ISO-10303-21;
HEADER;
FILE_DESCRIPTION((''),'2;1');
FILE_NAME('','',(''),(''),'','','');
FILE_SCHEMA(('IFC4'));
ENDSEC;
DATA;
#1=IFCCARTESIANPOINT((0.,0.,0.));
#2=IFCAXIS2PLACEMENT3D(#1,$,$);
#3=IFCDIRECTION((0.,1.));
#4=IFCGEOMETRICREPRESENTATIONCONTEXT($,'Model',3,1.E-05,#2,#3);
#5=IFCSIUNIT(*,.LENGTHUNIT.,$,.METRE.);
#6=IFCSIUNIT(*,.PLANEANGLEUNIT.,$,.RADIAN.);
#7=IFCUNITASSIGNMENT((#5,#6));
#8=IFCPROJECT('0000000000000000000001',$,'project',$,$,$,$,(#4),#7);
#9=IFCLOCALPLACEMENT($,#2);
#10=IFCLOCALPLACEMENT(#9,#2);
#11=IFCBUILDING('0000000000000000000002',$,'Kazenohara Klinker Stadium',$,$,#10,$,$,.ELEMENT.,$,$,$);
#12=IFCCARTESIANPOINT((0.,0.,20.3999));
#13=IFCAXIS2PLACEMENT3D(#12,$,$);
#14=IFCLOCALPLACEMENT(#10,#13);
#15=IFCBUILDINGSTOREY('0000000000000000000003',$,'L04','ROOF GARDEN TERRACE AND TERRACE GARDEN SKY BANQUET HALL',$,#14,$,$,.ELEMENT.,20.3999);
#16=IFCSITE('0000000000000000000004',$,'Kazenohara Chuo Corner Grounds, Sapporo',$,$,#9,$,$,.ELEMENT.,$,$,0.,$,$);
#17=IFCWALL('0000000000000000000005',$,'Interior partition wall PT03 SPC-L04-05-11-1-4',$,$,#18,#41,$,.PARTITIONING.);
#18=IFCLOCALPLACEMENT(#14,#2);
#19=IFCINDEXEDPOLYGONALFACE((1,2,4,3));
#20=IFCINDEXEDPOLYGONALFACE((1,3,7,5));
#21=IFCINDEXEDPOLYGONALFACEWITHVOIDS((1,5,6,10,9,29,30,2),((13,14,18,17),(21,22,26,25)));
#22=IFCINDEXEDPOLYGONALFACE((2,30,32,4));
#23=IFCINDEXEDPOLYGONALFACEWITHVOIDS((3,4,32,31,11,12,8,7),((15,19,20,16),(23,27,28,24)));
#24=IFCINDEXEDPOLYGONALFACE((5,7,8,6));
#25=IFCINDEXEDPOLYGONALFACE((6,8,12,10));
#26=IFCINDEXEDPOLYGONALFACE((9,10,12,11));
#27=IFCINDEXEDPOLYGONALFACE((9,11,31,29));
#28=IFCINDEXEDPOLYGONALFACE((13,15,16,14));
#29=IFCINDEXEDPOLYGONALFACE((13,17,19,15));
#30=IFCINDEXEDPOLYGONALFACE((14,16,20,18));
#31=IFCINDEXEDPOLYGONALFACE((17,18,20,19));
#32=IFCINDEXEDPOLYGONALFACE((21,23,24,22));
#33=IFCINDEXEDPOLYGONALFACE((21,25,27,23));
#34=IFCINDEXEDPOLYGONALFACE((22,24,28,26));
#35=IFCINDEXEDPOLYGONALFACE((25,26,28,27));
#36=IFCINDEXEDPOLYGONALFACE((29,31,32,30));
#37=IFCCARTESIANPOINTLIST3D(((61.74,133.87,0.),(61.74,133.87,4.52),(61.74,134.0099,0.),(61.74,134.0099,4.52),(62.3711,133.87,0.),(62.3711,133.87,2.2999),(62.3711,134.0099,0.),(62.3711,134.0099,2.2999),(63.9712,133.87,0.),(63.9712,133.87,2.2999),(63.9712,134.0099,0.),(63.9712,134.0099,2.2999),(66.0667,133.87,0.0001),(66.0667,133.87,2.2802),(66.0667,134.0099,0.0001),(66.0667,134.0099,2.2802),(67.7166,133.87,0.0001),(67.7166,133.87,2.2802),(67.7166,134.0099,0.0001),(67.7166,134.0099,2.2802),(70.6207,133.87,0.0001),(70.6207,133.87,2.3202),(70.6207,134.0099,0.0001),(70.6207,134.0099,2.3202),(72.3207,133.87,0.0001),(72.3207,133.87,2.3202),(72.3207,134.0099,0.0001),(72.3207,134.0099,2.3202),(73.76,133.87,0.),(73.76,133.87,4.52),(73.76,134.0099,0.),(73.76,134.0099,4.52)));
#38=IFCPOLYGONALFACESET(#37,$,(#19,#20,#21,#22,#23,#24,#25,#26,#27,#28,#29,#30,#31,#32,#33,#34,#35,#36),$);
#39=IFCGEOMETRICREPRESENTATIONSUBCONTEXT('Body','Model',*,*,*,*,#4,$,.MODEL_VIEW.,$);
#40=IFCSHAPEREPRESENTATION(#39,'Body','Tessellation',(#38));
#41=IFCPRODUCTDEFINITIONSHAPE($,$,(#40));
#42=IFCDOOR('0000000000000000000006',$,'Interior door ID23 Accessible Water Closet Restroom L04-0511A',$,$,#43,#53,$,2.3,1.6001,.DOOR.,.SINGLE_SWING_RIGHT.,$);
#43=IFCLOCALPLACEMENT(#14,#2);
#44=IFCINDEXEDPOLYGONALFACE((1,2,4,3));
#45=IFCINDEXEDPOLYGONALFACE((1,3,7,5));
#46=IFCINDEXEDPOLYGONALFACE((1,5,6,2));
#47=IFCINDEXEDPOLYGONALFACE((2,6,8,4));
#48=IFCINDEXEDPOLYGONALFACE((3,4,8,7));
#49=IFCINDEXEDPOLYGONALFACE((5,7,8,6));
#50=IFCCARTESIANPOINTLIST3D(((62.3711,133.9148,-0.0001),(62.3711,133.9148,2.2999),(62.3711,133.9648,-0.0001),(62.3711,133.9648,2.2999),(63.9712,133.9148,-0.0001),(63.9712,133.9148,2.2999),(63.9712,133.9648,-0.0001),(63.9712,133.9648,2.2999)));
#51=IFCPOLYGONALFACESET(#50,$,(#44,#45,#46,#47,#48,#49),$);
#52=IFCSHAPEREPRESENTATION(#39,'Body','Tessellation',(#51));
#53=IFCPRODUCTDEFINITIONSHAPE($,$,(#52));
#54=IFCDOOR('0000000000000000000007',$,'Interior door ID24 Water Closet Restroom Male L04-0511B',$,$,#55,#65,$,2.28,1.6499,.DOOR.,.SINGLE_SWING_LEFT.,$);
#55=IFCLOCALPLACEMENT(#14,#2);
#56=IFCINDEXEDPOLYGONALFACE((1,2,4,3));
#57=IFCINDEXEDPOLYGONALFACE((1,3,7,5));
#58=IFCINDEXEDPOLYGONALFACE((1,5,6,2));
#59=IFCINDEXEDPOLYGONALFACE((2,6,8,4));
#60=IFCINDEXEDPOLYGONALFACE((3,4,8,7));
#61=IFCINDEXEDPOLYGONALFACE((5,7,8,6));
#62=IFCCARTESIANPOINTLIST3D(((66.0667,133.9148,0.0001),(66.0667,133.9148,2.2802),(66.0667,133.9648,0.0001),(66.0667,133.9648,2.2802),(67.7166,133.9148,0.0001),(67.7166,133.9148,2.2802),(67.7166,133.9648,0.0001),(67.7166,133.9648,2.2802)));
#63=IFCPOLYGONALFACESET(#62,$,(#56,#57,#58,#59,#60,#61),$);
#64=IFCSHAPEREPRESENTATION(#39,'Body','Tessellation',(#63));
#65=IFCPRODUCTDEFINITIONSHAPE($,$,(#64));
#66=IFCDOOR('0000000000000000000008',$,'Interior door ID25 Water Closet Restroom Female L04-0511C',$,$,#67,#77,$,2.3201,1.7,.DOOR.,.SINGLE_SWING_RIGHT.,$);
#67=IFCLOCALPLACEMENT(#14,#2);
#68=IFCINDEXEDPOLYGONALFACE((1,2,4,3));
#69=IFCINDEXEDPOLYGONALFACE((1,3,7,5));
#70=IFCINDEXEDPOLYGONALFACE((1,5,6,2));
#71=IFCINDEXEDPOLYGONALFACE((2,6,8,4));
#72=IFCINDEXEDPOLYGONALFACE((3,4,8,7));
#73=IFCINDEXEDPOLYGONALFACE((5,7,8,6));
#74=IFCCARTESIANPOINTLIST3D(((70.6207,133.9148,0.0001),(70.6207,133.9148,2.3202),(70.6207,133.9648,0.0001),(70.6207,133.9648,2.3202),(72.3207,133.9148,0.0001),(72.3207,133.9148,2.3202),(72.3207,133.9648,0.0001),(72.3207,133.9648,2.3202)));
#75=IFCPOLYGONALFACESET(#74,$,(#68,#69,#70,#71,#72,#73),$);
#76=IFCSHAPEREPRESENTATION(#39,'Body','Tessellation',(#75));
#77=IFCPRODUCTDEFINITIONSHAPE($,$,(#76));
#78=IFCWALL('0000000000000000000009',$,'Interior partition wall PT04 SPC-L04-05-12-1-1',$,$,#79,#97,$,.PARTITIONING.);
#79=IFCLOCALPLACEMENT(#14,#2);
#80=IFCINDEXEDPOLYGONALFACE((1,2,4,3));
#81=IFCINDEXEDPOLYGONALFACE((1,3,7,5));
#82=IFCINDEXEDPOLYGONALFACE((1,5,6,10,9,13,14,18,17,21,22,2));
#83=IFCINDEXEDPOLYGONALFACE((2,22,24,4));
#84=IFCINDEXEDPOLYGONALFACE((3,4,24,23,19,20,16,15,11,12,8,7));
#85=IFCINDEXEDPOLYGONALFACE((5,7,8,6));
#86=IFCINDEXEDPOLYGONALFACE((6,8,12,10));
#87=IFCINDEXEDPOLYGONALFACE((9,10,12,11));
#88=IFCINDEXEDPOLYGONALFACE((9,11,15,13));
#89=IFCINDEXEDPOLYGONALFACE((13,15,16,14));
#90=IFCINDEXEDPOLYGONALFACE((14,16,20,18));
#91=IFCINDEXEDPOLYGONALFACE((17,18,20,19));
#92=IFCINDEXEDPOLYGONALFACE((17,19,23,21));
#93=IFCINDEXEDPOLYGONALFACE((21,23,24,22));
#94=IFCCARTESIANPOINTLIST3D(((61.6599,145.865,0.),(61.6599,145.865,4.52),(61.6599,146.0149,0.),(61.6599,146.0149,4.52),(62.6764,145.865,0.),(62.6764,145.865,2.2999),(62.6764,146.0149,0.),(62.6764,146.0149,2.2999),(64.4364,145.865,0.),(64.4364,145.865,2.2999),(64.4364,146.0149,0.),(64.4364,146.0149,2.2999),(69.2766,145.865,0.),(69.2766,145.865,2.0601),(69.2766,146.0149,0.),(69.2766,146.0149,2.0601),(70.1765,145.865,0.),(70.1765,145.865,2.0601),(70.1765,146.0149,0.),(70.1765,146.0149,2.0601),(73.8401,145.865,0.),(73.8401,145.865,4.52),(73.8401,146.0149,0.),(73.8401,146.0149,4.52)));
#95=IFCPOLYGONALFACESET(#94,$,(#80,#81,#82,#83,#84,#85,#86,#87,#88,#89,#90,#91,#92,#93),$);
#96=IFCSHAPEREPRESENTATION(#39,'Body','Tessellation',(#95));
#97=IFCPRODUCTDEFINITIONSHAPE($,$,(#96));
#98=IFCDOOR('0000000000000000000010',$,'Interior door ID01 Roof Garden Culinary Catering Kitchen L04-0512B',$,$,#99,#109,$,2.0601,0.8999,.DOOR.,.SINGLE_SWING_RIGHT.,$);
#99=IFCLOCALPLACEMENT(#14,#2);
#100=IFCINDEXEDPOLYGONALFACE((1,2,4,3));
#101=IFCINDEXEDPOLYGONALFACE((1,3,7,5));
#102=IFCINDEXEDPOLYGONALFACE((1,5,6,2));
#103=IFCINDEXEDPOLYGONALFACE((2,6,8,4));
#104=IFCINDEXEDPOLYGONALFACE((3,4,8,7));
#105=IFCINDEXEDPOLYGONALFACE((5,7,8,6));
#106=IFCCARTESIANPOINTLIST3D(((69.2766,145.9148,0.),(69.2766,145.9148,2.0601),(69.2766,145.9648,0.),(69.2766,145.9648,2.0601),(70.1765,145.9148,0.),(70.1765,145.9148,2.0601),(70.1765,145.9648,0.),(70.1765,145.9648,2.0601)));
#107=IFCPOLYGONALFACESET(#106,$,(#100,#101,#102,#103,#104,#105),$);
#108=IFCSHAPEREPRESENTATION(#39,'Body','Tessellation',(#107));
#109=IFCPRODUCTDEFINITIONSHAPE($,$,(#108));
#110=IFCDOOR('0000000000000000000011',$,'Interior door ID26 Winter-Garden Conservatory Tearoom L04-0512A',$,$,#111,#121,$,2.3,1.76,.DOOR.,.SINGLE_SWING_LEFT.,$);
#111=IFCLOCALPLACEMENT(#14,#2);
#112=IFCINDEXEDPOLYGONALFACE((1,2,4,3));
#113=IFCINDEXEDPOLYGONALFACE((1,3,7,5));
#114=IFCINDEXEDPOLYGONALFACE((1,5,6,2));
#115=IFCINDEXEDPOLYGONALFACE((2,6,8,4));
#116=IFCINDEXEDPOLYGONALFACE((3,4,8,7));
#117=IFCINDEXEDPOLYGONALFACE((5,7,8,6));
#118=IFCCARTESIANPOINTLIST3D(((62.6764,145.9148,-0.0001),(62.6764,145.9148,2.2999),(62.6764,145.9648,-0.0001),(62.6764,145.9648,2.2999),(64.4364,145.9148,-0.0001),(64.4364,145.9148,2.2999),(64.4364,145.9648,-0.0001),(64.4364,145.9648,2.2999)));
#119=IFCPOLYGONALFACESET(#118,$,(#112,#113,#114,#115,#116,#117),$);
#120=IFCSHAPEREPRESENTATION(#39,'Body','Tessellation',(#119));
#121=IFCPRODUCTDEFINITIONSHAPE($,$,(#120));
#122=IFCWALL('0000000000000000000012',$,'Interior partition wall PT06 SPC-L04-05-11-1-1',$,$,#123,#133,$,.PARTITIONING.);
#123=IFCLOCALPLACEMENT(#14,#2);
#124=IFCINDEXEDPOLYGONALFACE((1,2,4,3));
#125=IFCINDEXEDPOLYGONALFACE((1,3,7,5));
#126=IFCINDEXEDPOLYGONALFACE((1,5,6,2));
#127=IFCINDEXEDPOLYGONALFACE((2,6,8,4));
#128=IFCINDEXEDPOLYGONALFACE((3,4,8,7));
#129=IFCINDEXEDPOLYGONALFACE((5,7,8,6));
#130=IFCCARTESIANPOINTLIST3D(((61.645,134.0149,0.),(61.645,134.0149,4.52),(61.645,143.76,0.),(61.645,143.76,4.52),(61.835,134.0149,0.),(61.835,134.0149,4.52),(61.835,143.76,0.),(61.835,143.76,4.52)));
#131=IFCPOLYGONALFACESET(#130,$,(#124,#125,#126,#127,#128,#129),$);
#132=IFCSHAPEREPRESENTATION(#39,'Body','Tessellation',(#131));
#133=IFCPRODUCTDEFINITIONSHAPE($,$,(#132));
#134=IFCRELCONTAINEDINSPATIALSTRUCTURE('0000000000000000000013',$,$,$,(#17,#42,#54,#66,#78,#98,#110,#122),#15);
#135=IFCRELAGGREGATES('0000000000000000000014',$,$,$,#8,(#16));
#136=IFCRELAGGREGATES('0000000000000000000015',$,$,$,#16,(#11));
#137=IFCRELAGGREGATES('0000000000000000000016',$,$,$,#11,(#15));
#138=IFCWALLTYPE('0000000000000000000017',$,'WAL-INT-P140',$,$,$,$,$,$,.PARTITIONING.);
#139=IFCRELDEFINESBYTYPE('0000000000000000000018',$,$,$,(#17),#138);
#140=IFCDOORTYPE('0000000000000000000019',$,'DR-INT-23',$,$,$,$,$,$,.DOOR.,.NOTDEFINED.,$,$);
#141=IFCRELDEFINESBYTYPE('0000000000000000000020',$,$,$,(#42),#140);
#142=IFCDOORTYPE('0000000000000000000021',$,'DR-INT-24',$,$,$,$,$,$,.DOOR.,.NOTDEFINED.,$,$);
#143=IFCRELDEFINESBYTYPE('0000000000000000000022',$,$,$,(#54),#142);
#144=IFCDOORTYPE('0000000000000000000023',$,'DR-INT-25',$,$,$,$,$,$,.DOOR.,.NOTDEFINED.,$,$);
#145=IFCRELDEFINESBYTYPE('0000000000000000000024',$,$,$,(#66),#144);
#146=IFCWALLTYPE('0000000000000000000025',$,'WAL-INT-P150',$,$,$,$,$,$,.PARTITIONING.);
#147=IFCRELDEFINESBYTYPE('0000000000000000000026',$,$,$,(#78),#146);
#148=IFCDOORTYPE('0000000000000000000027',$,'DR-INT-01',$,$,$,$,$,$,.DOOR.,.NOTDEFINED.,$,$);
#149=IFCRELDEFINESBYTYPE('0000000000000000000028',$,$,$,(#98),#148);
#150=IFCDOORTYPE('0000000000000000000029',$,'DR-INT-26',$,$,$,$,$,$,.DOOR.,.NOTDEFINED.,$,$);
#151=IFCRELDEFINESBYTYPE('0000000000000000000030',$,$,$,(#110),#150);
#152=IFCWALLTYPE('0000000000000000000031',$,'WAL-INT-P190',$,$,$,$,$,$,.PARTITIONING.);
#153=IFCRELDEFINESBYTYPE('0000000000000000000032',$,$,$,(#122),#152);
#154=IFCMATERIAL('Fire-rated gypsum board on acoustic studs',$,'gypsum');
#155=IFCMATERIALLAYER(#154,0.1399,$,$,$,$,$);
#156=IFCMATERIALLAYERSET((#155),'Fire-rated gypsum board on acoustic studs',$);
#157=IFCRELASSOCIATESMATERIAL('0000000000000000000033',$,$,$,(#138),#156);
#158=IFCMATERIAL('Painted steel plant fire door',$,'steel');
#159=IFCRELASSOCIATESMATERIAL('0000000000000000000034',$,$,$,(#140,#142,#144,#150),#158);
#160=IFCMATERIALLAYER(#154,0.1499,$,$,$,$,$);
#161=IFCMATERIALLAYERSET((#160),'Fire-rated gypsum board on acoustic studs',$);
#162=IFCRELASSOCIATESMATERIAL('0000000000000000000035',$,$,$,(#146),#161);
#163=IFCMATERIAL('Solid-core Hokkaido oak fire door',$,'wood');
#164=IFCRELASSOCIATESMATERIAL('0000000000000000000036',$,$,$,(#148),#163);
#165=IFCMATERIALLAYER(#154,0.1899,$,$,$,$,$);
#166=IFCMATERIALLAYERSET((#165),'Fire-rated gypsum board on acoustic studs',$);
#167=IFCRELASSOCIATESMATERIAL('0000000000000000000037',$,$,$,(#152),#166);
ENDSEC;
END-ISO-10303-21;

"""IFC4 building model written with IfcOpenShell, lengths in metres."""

from ifc_helpers import new_model, si_unit, direction, frame, frame_2d, origin, place, context, subcontext, project, spatial, rectangle, extrude, material, layer, layer_set, type_object, element, fill, save


model = new_model("IFC4")

# Units and contexts
model_context = context("Model", 3, precision=1e-05, world=origin(), true_north=direction((0.0, 1.0)))
body_context = subcontext(model_context, "Body", "Model", "MODEL_VIEW")
ifc_project = project(units=[si_unit("LENGTHUNIT", "METRE"), si_unit("PLANEANGLEUNIT", "RADIAN")], contexts=[model_context])

# Site, building, storey
site_placement = place(None, origin())
site = spatial("IfcSite", under=ifc_project, at=site_placement, Name="Kazenohara Chuo Corner Grounds, Sapporo", CompositionType="ELEMENT", RefElevation=0.0)
building_placement = place(site_placement, origin())
building = spatial("IfcBuilding", under=site, at=building_placement, Name="Kazenohara Klinker Stadium", CompositionType="ELEMENT")
storey_placement = place(building_placement, frame((0.0, 0.0, 20.3999)))
storey = spatial("IfcBuildingStorey", under=building, at=storey_placement, Name="L04", Description="ROOF GARDEN TERRACE AND TERRACE GARDEN SKY BANQUET HALL", CompositionType="ELEMENT", Elevation=20.3999)

# Shared definitions
ifc_material_1 = material(Name="Fire-rated gypsum board on acoustic studs", Category="gypsum")

# Walls, openings, doors
ifc_layer_1 = layer(ifc_material_1, 0.1399)
ifc_layer_set_1 = layer_set([ifc_layer_1], Name="Fire-rated gypsum board on acoustic studs")
wall_type_1 = type_object("IfcWallType", Name="WAL-INT-P140", PredefinedType="PARTITIONING", material=ifc_layer_set_1)
wall_1_placement = place(storey_placement, frame((61.74, 133.9399, 0.0), z_axis=(0.0, 0.0, 1.0), x_axis=(1.0, 0.0, 0.0)))
wall_1 = element("IfcWall", 1, at=wall_1_placement, inside=storey, type_object=wall_type_1, Name="Interior partition wall PT03 SPC-L04-05-11-1-4", PredefinedType="PARTITIONING", context=body_context, shape_type="SweptSolid", body=[
    extrude(rectangle(XDim=12.02, YDim=0.1399, at=frame_2d((6.01, 0.0))), origin(), (0.0, 0.0, 1.0), 4.52),
])
opening_1_placement = place(wall_1_placement, frame((0.6311, 0.0, 0.0)))
opening_1 = element("IfcOpeningElement", 2, at=opening_1_placement, cuts=wall_1, PredefinedType="OPENING", context=body_context, shape_type="SweptSolid", body=[
    extrude(rectangle(XDim=1.6001, YDim=2.3, at=frame_2d((0.8, 1.1499))), frame((0.0, 0.0801, 0.0), z_axis=(0.0, -1.0, 0.0), x_axis=(1.0, 0.0, 0.0)), (0.0, 0.0, 1.0), 0.1599),
])
opening_2_placement = place(wall_1_placement, frame((4.3267, 0.0, 0.0)))
opening_2 = element("IfcOpeningElement", 3, at=opening_2_placement, cuts=wall_1, PredefinedType="OPENING", context=body_context, shape_type="SweptSolid", body=[
    extrude(rectangle(XDim=1.6499, YDim=2.28, at=frame_2d((0.825, 1.1401))), frame((0.0, 0.0801, 0.0), z_axis=(0.0, -1.0, 0.0), x_axis=(1.0, 0.0, 0.0)), (0.0, 0.0, 1.0), 0.1599),
])
opening_3_placement = place(wall_1_placement, frame((8.8806, 0.0, 0.0)))
opening_3 = element("IfcOpeningElement", 4, at=opening_3_placement, cuts=wall_1, PredefinedType="OPENING", context=body_context, shape_type="SweptSolid", body=[
    extrude(rectangle(XDim=1.7, YDim=2.3201, at=frame_2d((0.8501, 1.1602))), frame((0.0, 0.0801, 0.0), z_axis=(0.0, -1.0, 0.0), x_axis=(1.0, 0.0, 0.0)), (0.0, 0.0, 1.0), 0.1599),
])
ifc_material_2 = material(Name="Painted steel plant fire door", Category="steel")
door_type_1 = type_object("IfcDoorType", Name="DR-INT-23", OperationType="NOTDEFINED", PredefinedType="DOOR", material=ifc_material_2)
door_1_placement = place(opening_1_placement, origin())
door_1 = element("IfcDoor", 5, at=door_1_placement, inside=storey, type_object=door_type_1, Name="Interior door ID23 Accessible Water Closet Restroom L04-0511A", OperationType="SINGLE_SWING_RIGHT", OverallHeight=2.3, OverallWidth=1.6001, PredefinedType="DOOR", context=body_context, shape_type="SweptSolid", body=[
    extrude(rectangle(XDim=1.6001, YDim=2.3, at=frame_2d((0.8, 1.1499))), frame((0.0, 0.0249, 0.0), z_axis=(0.0, -1.0, 0.0), x_axis=(1.0, 0.0, 0.0)), (0.0, 0.0, 1.0), 0.05),
])
fill(opening_1, door_1)
door_type_2 = type_object("IfcDoorType", Name="DR-INT-24", OperationType="NOTDEFINED", PredefinedType="DOOR", material=ifc_material_2)
door_2_placement = place(opening_2_placement, origin())
door_2 = element("IfcDoor", 6, at=door_2_placement, inside=storey, type_object=door_type_2, Name="Interior door ID24 Water Closet Restroom Male L04-0511B", OperationType="SINGLE_SWING_LEFT", OverallHeight=2.28, OverallWidth=1.6499, PredefinedType="DOOR", context=body_context, shape_type="SweptSolid", body=[
    extrude(rectangle(XDim=1.6499, YDim=2.28, at=frame_2d((0.825, 1.1401))), frame((0.0, 0.0249, 0.0), z_axis=(0.0, -1.0, 0.0), x_axis=(1.0, 0.0, 0.0)), (0.0, 0.0, 1.0), 0.05),
])
fill(opening_2, door_2)
door_type_3 = type_object("IfcDoorType", Name="DR-INT-25", OperationType="NOTDEFINED", PredefinedType="DOOR", material=ifc_material_2)
door_3_placement = place(opening_3_placement, origin())
door_3 = element("IfcDoor", 7, at=door_3_placement, inside=storey, type_object=door_type_3, Name="Interior door ID25 Water Closet Restroom Female L04-0511C", OperationType="SINGLE_SWING_RIGHT", OverallHeight=2.3201, OverallWidth=1.7, PredefinedType="DOOR", context=body_context, shape_type="SweptSolid", body=[
    extrude(rectangle(XDim=1.7, YDim=2.3201, at=frame_2d((0.8501, 1.1602))), frame((0.0, 0.0249, 0.0), z_axis=(0.0, -1.0, 0.0), x_axis=(1.0, 0.0, 0.0)), (0.0, 0.0, 1.0), 0.05),
])
fill(opening_3, door_3)
ifc_layer_2 = layer(ifc_material_1, 0.1499)
ifc_layer_set_2 = layer_set([ifc_layer_2], Name="Fire-rated gypsum board on acoustic studs")
wall_type_2 = type_object("IfcWallType", Name="WAL-INT-P150", PredefinedType="PARTITIONING", material=ifc_layer_set_2)
wall_2_placement = place(storey_placement, frame((61.6599, 145.9399, 0.0), z_axis=(0.0, 0.0, 1.0), x_axis=(1.0, 0.0, 0.0)))
wall_2 = element("IfcWall", 8, at=wall_2_placement, inside=storey, type_object=wall_type_2, Name="Interior partition wall PT04 SPC-L04-05-12-1-1", PredefinedType="PARTITIONING", context=body_context, shape_type="SweptSolid", body=[
    extrude(rectangle(XDim=12.1802, YDim=0.1499, at=frame_2d((6.0901, 0.0))), origin(), (0.0, 0.0, 1.0), 4.52),
])
opening_4_placement = place(wall_2_placement, frame((1.0166, 0.0, 0.0)))
opening_4 = element("IfcOpeningElement", 9, at=opening_4_placement, cuts=wall_2, PredefinedType="OPENING", context=body_context, shape_type="SweptSolid", body=[
    extrude(rectangle(XDim=1.76, YDim=2.3, at=frame_2d((0.8799, 1.1499))), frame((0.0, 0.085, 0.0), z_axis=(0.0, -1.0, 0.0), x_axis=(1.0, 0.0, 0.0)), (0.0, 0.0, 1.0), 0.1699),
])
opening_5_placement = place(wall_2_placement, frame((7.6167, 0.0, 0.0)))
opening_5 = element("IfcOpeningElement", 10, at=opening_5_placement, cuts=wall_2, PredefinedType="OPENING", context=body_context, shape_type="SweptSolid", body=[
    extrude(rectangle(XDim=0.8999, YDim=2.0601, at=frame_2d((0.45, 1.03))), frame((0.0, 0.085, 0.0), z_axis=(0.0, -1.0, 0.0), x_axis=(1.0, 0.0, 0.0)), (0.0, 0.0, 1.0), 0.1699),
])
ifc_material_3 = material(Name="Solid-core Hokkaido oak fire door", Category="wood")
door_type_4 = type_object("IfcDoorType", Name="DR-INT-01", OperationType="NOTDEFINED", PredefinedType="DOOR", material=ifc_material_3)
door_4_placement = place(opening_5_placement, origin())
door_4 = element("IfcDoor", 11, at=door_4_placement, inside=storey, type_object=door_type_4, Name="Interior door ID01 Roof Garden Culinary Catering Kitchen L04-0512B", OperationType="SINGLE_SWING_RIGHT", OverallHeight=2.0601, OverallWidth=0.8999, PredefinedType="DOOR", context=body_context, shape_type="SweptSolid", body=[
    extrude(rectangle(XDim=0.8999, YDim=2.0601, at=frame_2d((0.45, 1.03))), frame((0.0, 0.0249, 0.0), z_axis=(0.0, -1.0, 0.0), x_axis=(1.0, 0.0, 0.0)), (0.0, 0.0, 1.0), 0.05),
])
fill(opening_5, door_4)
door_type_5 = type_object("IfcDoorType", Name="DR-INT-26", OperationType="NOTDEFINED", PredefinedType="DOOR", material=ifc_material_2)
door_5_placement = place(opening_4_placement, origin())
door_5 = element("IfcDoor", 12, at=door_5_placement, inside=storey, type_object=door_type_5, Name="Interior door ID26 Winter-Garden Conservatory Tearoom L04-0512A", OperationType="SINGLE_SWING_LEFT", OverallHeight=2.3, OverallWidth=1.76, PredefinedType="DOOR", context=body_context, shape_type="SweptSolid", body=[
    extrude(rectangle(XDim=1.76, YDim=2.3, at=frame_2d((0.8799, 1.1499))), frame((0.0, 0.0249, 0.0), z_axis=(0.0, -1.0, 0.0), x_axis=(1.0, 0.0, 0.0)), (0.0, 0.0, 1.0), 0.05),
])
fill(opening_4, door_5)

# Wall
ifc_layer_3 = layer(ifc_material_1, 0.1899)
ifc_layer_set_3 = layer_set([ifc_layer_3], Name="Fire-rated gypsum board on acoustic studs")
wall_type_3 = type_object("IfcWallType", Name="WAL-INT-P190", PredefinedType="PARTITIONING", material=ifc_layer_set_3)
wall_3_placement = place(storey_placement, frame((61.74, 134.0149, 0.0), z_axis=(0.0, 0.0, 1.0), x_axis=(0.0, 1.0, 0.0)))
element("IfcWall", 13, at=wall_3_placement, inside=storey, type_object=wall_type_3, Name="Interior partition wall PT06 SPC-L04-05-11-1-1", PredefinedType="PARTITIONING", context=body_context, shape_type="SweptSolid", body=[
    extrude(rectangle(XDim=9.7451, YDim=0.1899, at=frame_2d((4.8726, 0.0))), origin(), (0.0, 0.0, 1.0), 4.52),
])

save(model, "model.ifc")
